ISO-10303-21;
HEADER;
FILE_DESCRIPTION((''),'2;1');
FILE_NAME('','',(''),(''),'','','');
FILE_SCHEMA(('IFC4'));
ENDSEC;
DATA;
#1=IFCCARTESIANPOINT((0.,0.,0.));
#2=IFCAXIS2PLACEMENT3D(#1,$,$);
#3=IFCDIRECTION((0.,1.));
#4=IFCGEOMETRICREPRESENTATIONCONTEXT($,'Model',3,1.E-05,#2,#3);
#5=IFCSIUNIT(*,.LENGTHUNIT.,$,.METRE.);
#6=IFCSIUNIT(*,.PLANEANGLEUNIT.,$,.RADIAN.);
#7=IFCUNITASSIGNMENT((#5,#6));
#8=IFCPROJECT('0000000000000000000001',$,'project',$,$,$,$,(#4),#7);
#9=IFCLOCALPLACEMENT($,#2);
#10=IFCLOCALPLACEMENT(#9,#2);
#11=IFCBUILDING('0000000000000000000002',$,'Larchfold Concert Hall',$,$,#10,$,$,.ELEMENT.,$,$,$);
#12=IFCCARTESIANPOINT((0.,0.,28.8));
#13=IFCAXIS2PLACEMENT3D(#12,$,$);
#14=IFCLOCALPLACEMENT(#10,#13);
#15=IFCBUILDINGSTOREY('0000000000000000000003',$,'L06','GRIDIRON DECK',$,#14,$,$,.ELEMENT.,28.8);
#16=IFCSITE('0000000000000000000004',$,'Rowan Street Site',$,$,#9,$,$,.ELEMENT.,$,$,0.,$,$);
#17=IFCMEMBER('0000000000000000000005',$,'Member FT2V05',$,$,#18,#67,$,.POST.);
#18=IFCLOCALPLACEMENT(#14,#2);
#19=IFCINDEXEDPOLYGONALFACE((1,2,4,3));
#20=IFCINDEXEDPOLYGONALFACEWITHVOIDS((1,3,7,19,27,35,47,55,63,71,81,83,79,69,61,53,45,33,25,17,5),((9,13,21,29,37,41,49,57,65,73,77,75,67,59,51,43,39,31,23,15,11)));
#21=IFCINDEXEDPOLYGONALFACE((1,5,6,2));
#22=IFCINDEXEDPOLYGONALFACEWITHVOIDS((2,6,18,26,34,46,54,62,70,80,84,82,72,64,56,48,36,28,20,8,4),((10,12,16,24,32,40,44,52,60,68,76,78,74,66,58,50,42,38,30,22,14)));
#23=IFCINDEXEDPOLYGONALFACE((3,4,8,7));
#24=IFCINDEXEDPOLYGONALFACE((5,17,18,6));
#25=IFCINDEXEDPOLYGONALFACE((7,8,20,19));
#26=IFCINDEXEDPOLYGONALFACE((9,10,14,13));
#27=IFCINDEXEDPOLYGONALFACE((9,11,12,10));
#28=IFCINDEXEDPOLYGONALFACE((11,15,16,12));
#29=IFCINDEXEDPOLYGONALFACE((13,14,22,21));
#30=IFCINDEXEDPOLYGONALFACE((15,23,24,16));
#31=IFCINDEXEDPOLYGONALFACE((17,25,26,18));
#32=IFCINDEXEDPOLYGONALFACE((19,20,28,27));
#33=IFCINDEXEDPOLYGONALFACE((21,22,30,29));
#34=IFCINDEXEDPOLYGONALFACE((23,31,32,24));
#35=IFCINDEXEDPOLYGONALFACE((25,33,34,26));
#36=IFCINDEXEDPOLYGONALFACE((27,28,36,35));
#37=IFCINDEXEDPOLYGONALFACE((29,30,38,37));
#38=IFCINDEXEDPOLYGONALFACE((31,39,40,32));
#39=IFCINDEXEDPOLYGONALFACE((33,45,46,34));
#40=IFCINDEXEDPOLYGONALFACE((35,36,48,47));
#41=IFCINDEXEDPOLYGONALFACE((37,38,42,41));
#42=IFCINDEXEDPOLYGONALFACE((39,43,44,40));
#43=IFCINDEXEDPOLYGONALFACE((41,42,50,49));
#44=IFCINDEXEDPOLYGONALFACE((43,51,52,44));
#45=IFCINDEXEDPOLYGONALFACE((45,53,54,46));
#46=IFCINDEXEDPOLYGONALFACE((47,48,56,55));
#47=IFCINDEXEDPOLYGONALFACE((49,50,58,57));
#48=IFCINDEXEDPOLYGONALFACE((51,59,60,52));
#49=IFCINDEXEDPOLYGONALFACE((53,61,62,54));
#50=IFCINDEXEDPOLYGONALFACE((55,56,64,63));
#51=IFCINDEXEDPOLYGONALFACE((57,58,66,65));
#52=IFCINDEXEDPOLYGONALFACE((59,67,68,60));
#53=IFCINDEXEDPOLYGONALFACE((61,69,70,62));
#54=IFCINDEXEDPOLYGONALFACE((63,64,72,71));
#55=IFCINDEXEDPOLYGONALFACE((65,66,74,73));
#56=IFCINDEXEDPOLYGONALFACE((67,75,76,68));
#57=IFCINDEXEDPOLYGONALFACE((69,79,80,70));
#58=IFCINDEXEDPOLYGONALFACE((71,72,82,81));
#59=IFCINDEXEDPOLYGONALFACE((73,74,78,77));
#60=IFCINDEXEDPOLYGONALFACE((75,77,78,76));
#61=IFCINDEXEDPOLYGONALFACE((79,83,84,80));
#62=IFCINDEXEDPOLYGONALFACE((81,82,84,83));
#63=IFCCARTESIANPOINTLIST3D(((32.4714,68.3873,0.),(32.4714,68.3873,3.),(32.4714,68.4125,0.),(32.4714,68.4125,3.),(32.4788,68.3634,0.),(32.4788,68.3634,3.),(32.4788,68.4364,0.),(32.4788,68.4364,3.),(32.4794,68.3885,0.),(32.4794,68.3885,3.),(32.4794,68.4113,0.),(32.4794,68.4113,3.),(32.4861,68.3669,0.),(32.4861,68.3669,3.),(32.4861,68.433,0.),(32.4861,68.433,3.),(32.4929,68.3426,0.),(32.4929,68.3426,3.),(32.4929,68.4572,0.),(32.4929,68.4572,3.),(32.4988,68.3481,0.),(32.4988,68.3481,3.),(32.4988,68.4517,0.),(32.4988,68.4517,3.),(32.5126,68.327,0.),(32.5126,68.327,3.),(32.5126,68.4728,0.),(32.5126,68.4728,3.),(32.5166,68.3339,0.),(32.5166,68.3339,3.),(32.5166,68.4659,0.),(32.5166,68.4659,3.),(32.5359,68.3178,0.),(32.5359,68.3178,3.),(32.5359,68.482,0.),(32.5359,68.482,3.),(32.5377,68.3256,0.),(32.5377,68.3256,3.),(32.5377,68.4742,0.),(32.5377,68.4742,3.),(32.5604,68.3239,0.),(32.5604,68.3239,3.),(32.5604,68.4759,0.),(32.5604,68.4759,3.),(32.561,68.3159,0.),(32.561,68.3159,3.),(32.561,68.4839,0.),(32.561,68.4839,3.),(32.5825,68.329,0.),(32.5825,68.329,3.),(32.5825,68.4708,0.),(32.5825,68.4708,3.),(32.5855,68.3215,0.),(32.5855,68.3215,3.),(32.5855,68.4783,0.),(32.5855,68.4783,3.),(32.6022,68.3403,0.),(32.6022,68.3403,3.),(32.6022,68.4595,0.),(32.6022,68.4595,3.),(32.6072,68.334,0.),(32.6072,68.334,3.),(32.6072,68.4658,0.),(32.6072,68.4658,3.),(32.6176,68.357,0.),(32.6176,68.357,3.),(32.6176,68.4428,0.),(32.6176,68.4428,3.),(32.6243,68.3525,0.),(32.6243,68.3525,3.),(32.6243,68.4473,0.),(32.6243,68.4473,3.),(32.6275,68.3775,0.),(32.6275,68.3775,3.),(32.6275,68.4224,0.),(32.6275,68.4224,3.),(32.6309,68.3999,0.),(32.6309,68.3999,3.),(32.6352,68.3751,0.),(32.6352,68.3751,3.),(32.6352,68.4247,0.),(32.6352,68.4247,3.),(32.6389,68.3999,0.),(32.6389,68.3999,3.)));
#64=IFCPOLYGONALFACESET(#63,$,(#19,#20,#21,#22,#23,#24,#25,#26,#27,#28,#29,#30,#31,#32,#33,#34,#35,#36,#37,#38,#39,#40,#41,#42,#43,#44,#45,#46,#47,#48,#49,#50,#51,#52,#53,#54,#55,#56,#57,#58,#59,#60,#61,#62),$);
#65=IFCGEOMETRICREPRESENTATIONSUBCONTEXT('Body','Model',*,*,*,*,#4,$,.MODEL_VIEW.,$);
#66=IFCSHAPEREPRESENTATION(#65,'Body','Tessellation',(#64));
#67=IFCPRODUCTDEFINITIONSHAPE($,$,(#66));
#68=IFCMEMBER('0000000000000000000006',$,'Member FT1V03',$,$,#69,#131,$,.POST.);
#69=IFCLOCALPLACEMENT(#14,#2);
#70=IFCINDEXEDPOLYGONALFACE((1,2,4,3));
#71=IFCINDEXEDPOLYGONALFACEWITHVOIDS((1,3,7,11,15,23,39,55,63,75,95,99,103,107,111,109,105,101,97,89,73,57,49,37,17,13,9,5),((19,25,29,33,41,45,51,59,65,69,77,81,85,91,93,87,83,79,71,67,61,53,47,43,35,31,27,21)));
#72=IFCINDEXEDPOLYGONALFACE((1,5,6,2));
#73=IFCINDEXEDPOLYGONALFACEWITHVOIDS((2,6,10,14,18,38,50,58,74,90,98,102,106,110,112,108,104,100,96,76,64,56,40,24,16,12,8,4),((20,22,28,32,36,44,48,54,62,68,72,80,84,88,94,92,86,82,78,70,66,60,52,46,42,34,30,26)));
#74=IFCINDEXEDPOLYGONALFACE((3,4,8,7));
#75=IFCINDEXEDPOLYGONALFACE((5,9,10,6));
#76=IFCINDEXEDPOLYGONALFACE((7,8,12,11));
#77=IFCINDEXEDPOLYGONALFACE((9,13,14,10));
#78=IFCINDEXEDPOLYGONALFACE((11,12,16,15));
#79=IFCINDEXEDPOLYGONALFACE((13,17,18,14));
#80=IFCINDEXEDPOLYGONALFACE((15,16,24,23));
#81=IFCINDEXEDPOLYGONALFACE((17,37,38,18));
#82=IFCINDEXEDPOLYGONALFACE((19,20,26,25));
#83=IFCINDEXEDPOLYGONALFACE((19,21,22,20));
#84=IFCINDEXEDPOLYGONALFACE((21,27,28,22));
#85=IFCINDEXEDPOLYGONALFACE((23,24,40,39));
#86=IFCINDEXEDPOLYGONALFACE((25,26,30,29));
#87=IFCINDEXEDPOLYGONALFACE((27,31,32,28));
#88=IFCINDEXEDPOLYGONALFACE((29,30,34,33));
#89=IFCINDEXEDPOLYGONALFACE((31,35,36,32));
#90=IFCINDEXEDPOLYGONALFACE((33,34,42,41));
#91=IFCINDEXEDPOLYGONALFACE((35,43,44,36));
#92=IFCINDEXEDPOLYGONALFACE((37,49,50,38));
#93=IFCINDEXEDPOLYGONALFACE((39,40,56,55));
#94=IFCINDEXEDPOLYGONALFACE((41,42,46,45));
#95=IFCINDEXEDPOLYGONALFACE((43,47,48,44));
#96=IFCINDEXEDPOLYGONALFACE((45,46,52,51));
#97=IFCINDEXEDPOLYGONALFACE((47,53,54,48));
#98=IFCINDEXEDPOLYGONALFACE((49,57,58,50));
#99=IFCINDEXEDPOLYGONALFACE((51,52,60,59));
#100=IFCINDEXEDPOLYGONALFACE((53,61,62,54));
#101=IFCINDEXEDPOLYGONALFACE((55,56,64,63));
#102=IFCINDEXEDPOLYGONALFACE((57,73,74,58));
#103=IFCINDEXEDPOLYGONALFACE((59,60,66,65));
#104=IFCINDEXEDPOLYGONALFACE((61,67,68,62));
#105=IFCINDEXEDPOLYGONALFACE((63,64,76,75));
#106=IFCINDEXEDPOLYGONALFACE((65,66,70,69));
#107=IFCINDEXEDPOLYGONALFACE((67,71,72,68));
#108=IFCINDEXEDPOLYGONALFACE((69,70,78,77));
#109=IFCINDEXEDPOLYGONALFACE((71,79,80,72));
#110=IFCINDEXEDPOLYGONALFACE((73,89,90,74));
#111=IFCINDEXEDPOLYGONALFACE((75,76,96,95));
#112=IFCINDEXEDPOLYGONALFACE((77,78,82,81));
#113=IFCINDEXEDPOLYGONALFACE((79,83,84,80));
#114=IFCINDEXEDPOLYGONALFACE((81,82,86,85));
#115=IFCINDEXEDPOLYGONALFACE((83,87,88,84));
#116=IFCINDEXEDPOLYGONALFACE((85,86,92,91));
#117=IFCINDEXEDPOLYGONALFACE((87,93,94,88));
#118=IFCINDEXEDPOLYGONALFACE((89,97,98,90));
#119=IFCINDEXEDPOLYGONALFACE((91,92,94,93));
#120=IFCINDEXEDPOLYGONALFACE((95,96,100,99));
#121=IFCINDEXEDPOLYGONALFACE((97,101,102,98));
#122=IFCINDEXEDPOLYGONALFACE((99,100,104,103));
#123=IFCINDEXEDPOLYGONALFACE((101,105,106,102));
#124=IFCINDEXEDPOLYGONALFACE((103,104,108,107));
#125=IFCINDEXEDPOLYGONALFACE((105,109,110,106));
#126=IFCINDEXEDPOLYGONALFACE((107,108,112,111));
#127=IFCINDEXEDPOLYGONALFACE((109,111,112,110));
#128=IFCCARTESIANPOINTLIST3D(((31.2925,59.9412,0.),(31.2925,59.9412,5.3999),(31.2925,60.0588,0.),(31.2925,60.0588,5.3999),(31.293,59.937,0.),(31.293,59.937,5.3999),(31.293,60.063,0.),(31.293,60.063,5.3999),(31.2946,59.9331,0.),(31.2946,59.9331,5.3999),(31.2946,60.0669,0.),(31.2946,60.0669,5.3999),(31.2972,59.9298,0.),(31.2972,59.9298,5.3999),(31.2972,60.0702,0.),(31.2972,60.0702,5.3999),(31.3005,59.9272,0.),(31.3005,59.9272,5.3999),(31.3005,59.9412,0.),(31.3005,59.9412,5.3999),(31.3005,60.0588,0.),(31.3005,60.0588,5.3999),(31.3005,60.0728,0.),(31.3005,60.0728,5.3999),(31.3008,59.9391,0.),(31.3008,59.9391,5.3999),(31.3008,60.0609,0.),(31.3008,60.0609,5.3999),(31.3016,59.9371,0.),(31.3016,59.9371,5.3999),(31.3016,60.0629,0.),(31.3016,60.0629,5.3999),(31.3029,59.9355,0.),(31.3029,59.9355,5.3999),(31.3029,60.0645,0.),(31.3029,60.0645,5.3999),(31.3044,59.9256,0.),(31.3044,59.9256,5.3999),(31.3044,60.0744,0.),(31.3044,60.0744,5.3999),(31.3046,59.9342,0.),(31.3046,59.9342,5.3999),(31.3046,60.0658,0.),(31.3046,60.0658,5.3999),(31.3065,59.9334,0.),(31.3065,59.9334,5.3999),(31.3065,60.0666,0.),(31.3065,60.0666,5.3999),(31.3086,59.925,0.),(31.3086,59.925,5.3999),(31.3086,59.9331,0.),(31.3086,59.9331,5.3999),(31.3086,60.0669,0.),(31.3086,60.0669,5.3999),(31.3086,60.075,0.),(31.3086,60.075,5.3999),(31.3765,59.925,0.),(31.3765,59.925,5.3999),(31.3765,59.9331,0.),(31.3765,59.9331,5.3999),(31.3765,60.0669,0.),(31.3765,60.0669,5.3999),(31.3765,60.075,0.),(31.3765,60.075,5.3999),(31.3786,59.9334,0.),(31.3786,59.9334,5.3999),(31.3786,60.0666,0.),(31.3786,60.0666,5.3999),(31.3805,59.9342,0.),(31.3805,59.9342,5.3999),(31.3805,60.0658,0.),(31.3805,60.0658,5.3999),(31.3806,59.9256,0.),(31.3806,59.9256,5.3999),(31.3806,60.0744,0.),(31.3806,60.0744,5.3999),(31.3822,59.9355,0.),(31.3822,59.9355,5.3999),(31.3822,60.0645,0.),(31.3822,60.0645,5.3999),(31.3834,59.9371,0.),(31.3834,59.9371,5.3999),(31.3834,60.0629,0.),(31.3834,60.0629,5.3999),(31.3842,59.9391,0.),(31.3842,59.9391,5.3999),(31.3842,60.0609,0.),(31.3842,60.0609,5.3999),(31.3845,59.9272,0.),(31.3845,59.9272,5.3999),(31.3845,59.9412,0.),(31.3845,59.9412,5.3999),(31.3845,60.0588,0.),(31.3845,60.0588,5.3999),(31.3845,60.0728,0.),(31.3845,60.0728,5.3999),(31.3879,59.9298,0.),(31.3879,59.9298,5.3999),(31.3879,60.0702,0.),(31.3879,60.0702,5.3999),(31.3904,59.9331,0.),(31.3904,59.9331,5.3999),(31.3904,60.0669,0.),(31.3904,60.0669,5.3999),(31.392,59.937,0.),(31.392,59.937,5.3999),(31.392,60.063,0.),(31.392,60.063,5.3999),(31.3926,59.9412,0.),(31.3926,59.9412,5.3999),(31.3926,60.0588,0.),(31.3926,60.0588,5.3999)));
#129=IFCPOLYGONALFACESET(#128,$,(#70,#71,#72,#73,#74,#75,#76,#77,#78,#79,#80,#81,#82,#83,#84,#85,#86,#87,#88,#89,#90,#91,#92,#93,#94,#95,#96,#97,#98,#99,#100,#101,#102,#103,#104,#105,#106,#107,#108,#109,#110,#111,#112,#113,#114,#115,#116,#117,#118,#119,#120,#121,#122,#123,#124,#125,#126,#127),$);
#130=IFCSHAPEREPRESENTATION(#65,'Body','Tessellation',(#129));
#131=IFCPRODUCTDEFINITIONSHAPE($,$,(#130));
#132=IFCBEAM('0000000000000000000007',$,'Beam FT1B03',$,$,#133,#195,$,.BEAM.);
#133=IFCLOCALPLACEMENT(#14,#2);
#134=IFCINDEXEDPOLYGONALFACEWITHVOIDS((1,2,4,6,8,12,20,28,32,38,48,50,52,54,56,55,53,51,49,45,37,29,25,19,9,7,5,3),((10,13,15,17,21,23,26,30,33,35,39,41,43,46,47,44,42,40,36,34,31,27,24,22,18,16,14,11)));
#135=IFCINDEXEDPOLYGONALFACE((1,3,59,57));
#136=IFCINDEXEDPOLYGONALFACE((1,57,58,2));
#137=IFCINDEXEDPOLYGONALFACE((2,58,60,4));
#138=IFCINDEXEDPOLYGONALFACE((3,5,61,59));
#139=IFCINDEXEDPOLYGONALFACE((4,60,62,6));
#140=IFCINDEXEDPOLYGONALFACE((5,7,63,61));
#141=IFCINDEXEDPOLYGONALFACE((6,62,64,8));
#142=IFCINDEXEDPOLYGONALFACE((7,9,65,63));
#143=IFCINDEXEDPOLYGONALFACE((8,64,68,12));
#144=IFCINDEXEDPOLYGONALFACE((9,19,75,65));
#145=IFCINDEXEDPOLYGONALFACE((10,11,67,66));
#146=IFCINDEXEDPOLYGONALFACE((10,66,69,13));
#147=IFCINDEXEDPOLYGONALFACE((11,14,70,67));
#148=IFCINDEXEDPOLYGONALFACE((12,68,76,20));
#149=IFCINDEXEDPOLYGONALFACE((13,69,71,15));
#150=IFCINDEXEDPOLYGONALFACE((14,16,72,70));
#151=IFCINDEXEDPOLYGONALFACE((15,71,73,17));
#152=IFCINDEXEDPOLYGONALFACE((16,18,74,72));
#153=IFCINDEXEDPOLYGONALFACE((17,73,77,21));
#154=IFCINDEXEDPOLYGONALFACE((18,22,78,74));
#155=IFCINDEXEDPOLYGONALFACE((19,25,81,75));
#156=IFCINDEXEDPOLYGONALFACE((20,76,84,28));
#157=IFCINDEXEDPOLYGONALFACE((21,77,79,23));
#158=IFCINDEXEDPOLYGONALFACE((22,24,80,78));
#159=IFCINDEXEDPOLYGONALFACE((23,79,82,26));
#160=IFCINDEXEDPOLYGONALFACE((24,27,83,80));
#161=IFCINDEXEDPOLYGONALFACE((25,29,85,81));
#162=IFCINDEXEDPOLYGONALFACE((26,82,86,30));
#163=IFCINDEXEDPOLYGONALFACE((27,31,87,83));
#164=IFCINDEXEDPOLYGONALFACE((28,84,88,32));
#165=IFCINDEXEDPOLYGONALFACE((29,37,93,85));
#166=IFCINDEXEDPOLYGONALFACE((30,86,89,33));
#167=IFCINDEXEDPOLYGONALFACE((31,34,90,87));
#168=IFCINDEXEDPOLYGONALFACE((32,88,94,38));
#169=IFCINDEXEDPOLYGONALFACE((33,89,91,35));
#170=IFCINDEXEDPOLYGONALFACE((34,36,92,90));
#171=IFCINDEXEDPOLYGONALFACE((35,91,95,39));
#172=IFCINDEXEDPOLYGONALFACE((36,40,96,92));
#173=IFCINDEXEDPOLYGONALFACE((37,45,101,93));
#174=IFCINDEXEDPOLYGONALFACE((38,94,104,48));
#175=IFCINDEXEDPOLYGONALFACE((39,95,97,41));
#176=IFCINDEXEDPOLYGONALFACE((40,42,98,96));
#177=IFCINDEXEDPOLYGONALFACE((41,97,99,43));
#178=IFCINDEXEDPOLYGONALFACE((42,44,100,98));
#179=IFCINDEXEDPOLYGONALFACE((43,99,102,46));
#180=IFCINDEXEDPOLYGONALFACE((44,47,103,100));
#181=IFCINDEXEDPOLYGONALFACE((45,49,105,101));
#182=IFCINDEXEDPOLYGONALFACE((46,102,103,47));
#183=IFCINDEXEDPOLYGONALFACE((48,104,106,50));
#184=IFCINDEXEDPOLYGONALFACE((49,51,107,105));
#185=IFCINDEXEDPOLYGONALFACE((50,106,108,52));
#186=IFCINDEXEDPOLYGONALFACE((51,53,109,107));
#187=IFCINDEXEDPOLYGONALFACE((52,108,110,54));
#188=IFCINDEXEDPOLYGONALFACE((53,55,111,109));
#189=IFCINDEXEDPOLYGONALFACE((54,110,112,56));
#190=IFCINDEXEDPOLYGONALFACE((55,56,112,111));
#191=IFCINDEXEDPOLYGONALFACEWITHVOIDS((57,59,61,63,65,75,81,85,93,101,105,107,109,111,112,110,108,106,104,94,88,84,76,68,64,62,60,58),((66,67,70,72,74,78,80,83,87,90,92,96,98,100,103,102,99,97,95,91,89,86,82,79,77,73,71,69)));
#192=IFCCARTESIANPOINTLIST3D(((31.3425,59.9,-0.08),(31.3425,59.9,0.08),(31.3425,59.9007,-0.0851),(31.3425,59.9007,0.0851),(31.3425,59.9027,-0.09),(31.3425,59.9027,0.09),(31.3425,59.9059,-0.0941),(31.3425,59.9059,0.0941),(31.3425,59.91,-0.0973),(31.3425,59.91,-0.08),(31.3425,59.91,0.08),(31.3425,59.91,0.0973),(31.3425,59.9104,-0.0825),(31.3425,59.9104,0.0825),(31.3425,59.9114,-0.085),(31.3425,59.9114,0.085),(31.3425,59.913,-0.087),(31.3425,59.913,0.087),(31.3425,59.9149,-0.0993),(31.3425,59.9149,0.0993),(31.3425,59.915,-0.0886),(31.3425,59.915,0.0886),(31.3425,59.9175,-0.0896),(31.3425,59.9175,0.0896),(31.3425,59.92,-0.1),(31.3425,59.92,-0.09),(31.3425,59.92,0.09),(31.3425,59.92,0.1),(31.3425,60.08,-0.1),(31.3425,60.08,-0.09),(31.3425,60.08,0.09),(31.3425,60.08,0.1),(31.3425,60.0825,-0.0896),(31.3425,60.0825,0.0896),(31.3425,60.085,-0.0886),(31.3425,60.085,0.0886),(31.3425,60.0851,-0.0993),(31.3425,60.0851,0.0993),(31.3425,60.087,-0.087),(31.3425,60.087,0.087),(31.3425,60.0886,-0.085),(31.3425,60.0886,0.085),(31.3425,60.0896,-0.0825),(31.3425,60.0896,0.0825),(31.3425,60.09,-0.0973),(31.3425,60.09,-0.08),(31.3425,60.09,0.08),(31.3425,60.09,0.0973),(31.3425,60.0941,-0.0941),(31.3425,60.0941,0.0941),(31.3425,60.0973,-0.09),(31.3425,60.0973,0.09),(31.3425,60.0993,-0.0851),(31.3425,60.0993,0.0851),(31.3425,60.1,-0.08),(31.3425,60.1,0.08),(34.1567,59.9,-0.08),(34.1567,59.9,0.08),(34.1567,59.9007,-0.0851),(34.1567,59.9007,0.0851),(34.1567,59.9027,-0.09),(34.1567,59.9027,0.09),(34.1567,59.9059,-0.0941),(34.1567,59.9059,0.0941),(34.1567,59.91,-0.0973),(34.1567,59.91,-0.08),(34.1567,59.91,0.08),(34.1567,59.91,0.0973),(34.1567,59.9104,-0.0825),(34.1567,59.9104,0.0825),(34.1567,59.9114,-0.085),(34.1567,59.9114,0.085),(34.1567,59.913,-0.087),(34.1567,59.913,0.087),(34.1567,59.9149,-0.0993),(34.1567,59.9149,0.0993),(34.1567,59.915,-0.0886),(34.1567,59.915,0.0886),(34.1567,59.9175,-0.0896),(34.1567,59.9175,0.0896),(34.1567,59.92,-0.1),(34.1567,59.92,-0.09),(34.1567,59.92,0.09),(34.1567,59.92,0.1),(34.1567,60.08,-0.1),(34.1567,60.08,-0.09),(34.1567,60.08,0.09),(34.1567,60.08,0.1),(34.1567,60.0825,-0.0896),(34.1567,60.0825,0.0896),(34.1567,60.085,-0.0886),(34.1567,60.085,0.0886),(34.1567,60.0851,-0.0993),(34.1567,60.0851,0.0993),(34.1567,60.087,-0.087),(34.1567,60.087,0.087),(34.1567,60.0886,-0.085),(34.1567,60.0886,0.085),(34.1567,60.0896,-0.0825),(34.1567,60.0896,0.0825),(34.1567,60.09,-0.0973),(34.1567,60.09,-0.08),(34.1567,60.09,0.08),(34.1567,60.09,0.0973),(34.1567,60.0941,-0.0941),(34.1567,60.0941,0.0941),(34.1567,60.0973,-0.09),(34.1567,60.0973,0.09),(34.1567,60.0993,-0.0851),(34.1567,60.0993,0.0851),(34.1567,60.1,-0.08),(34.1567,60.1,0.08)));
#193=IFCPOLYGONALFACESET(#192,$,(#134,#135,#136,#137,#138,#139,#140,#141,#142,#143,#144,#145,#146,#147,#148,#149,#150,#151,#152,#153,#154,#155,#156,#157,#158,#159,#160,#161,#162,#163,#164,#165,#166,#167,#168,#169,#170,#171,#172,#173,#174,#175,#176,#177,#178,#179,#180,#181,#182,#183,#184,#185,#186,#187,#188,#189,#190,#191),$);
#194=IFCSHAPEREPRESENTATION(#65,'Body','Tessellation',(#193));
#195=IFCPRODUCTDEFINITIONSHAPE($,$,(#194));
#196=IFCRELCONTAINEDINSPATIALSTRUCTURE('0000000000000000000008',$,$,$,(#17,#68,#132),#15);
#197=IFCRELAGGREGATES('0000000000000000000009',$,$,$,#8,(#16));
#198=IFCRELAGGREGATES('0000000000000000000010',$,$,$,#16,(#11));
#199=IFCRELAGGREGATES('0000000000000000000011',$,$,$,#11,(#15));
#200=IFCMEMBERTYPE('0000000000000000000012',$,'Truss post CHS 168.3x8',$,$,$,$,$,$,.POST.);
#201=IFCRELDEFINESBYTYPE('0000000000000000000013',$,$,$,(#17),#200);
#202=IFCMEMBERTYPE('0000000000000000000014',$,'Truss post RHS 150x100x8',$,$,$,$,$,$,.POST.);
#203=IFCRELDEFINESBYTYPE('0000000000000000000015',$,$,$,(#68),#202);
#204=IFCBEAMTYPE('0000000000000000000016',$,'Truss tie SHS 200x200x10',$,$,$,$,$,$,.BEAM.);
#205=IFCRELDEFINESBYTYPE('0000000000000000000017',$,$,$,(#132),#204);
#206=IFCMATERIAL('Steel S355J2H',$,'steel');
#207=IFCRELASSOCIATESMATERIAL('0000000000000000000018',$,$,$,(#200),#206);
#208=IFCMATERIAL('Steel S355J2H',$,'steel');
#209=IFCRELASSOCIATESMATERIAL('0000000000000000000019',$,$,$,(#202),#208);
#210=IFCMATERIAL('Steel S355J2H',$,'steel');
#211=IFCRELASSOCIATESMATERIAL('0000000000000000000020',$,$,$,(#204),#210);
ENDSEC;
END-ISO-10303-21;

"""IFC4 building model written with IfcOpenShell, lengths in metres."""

from ifc_helpers import new_model, si_unit, direction, frame, origin, origin_2d, place, context, subcontext, project, spatial, hollow_rectangle, hollow_circle, extrude, material, material_profile, profile_set, type_object, element, save


model = new_model("IFC4")

# Units and contexts
model_context = context("Model", 3, precision=1e-05, world=origin(), true_north=direction((0.0, 1.0)))
body_context = subcontext(model_context, "Body", "Model", "MODEL_VIEW")
ifc_project = project(units=[si_unit("LENGTHUNIT", "METRE"), si_unit("PLANEANGLEUNIT", "RADIAN")], contexts=[model_context])

# Site, building, storey
site_placement = place(None, origin())
site = spatial("IfcSite", under=ifc_project, at=site_placement, Name="Rowan Street Site", CompositionType="ELEMENT", RefElevation=0.0)
building_placement = place(site_placement, origin())
building = spatial("IfcBuilding", under=site, at=building_placement, Name="Larchfold Concert Hall", CompositionType="ELEMENT")
storey_placement = place(building_placement, frame((0.0, 0.0, 28.8)))
storey = spatial("IfcBuildingStorey", under=building, at=storey_placement, Name="L06", Description="GRIDIRON DECK", CompositionType="ELEMENT", Elevation=28.8)

# Members
ifc_material_1 = material(Name="Steel S355J2H", Category="steel")
ifc_material_profile_1 = material_profile(ifc_material_1, hollow_circle(Radius=0.0842, WallThickness=0.0081, at=origin_2d()))
ifc_profile_set_1 = profile_set([ifc_material_profile_1], Name="Steel S355J2H")
member_type_1 = type_object("IfcMemberType", Name="Truss post CHS 168.3x8", PredefinedType="POST", material=ifc_profile_set_1)
for number, where, z_axis, x_axis, name in (
    (1, (32.5547, 68.3999, 3.0), (0.0, 0.0, -1.0), (1.0, 0.0, 0.0), "Member FT2V05"),
):
    element("IfcMember", number, at=place(storey_placement, frame(where, z_axis=z_axis, x_axis=x_axis)), inside=storey, type_object=member_type_1, Name=name, PredefinedType="POST", context=body_context, shape_type="SweptSolid", body=[
        extrude(hollow_circle(Radius=0.0842, WallThickness=0.0081, at=origin_2d()), origin(), (0.0, 0.0, 1.0), 3.0),
    ])
ifc_material_2 = material(Name="Steel S355J2H", Category="steel")
ifc_material_profile_2 = material_profile(ifc_material_2, hollow_rectangle(XDim=0.1001, YDim=0.1499, WallThickness=0.0081, InnerFilletRadius=0.0081, OuterFilletRadius=0.0161, at=origin_2d()))
ifc_profile_set_2 = profile_set([ifc_material_profile_2], Name="Steel S355J2H")
member_type_2 = type_object("IfcMemberType", Name="Truss post RHS 150x100x8", PredefinedType="POST", material=ifc_profile_set_2)
member_1_placement = place(storey_placement, frame((31.3425, 60.0, 5.3999), z_axis=(0.0, 0.0, -1.0), x_axis=(1.0, 0.0, 0.0)))
element("IfcMember", 2, at=member_1_placement, inside=storey, type_object=member_type_2, Name="Member FT1V03", PredefinedType="POST", context=body_context, shape_type="SweptSolid", body=[
    extrude(hollow_rectangle(XDim=0.1001, YDim=0.1499, WallThickness=0.0081, InnerFilletRadius=0.0081, OuterFilletRadius=0.0161, at=origin_2d()), origin(), (0.0, 0.0, 1.0), 5.3999),
])

# Beam
ifc_material_3 = material(Name="Steel S355J2H", Category="steel")
ifc_material_profile_3 = material_profile(ifc_material_3, hollow_rectangle(XDim=0.2, YDim=0.2, WallThickness=0.01, InnerFilletRadius=0.01, OuterFilletRadius=0.02, at=origin_2d()))
ifc_profile_set_3 = profile_set([ifc_material_profile_3], Name="Steel S355J2H")
beam_type_1 = type_object("IfcBeamType", Name="Truss tie SHS 200x200x10", PredefinedType="BEAM", material=ifc_profile_set_3)
beam_1_placement = place(storey_placement, frame((31.3425, 60.0, 0.0), z_axis=(1.0, 0.0, 0.0), x_axis=(0.0, 1.0, 0.0)))
element("IfcBeam", 3, at=beam_1_placement, inside=storey, type_object=beam_type_1, Name="Beam FT1B03", PredefinedType="BEAM", context=body_context, shape_type="SweptSolid", body=[
    extrude(hollow_rectangle(XDim=0.2, YDim=0.2, WallThickness=0.01, InnerFilletRadius=0.01, OuterFilletRadius=0.02, at=origin_2d()), origin(), (0.0, 0.0, 1.0), 2.8142),
])

save(model, "model.ifc")
